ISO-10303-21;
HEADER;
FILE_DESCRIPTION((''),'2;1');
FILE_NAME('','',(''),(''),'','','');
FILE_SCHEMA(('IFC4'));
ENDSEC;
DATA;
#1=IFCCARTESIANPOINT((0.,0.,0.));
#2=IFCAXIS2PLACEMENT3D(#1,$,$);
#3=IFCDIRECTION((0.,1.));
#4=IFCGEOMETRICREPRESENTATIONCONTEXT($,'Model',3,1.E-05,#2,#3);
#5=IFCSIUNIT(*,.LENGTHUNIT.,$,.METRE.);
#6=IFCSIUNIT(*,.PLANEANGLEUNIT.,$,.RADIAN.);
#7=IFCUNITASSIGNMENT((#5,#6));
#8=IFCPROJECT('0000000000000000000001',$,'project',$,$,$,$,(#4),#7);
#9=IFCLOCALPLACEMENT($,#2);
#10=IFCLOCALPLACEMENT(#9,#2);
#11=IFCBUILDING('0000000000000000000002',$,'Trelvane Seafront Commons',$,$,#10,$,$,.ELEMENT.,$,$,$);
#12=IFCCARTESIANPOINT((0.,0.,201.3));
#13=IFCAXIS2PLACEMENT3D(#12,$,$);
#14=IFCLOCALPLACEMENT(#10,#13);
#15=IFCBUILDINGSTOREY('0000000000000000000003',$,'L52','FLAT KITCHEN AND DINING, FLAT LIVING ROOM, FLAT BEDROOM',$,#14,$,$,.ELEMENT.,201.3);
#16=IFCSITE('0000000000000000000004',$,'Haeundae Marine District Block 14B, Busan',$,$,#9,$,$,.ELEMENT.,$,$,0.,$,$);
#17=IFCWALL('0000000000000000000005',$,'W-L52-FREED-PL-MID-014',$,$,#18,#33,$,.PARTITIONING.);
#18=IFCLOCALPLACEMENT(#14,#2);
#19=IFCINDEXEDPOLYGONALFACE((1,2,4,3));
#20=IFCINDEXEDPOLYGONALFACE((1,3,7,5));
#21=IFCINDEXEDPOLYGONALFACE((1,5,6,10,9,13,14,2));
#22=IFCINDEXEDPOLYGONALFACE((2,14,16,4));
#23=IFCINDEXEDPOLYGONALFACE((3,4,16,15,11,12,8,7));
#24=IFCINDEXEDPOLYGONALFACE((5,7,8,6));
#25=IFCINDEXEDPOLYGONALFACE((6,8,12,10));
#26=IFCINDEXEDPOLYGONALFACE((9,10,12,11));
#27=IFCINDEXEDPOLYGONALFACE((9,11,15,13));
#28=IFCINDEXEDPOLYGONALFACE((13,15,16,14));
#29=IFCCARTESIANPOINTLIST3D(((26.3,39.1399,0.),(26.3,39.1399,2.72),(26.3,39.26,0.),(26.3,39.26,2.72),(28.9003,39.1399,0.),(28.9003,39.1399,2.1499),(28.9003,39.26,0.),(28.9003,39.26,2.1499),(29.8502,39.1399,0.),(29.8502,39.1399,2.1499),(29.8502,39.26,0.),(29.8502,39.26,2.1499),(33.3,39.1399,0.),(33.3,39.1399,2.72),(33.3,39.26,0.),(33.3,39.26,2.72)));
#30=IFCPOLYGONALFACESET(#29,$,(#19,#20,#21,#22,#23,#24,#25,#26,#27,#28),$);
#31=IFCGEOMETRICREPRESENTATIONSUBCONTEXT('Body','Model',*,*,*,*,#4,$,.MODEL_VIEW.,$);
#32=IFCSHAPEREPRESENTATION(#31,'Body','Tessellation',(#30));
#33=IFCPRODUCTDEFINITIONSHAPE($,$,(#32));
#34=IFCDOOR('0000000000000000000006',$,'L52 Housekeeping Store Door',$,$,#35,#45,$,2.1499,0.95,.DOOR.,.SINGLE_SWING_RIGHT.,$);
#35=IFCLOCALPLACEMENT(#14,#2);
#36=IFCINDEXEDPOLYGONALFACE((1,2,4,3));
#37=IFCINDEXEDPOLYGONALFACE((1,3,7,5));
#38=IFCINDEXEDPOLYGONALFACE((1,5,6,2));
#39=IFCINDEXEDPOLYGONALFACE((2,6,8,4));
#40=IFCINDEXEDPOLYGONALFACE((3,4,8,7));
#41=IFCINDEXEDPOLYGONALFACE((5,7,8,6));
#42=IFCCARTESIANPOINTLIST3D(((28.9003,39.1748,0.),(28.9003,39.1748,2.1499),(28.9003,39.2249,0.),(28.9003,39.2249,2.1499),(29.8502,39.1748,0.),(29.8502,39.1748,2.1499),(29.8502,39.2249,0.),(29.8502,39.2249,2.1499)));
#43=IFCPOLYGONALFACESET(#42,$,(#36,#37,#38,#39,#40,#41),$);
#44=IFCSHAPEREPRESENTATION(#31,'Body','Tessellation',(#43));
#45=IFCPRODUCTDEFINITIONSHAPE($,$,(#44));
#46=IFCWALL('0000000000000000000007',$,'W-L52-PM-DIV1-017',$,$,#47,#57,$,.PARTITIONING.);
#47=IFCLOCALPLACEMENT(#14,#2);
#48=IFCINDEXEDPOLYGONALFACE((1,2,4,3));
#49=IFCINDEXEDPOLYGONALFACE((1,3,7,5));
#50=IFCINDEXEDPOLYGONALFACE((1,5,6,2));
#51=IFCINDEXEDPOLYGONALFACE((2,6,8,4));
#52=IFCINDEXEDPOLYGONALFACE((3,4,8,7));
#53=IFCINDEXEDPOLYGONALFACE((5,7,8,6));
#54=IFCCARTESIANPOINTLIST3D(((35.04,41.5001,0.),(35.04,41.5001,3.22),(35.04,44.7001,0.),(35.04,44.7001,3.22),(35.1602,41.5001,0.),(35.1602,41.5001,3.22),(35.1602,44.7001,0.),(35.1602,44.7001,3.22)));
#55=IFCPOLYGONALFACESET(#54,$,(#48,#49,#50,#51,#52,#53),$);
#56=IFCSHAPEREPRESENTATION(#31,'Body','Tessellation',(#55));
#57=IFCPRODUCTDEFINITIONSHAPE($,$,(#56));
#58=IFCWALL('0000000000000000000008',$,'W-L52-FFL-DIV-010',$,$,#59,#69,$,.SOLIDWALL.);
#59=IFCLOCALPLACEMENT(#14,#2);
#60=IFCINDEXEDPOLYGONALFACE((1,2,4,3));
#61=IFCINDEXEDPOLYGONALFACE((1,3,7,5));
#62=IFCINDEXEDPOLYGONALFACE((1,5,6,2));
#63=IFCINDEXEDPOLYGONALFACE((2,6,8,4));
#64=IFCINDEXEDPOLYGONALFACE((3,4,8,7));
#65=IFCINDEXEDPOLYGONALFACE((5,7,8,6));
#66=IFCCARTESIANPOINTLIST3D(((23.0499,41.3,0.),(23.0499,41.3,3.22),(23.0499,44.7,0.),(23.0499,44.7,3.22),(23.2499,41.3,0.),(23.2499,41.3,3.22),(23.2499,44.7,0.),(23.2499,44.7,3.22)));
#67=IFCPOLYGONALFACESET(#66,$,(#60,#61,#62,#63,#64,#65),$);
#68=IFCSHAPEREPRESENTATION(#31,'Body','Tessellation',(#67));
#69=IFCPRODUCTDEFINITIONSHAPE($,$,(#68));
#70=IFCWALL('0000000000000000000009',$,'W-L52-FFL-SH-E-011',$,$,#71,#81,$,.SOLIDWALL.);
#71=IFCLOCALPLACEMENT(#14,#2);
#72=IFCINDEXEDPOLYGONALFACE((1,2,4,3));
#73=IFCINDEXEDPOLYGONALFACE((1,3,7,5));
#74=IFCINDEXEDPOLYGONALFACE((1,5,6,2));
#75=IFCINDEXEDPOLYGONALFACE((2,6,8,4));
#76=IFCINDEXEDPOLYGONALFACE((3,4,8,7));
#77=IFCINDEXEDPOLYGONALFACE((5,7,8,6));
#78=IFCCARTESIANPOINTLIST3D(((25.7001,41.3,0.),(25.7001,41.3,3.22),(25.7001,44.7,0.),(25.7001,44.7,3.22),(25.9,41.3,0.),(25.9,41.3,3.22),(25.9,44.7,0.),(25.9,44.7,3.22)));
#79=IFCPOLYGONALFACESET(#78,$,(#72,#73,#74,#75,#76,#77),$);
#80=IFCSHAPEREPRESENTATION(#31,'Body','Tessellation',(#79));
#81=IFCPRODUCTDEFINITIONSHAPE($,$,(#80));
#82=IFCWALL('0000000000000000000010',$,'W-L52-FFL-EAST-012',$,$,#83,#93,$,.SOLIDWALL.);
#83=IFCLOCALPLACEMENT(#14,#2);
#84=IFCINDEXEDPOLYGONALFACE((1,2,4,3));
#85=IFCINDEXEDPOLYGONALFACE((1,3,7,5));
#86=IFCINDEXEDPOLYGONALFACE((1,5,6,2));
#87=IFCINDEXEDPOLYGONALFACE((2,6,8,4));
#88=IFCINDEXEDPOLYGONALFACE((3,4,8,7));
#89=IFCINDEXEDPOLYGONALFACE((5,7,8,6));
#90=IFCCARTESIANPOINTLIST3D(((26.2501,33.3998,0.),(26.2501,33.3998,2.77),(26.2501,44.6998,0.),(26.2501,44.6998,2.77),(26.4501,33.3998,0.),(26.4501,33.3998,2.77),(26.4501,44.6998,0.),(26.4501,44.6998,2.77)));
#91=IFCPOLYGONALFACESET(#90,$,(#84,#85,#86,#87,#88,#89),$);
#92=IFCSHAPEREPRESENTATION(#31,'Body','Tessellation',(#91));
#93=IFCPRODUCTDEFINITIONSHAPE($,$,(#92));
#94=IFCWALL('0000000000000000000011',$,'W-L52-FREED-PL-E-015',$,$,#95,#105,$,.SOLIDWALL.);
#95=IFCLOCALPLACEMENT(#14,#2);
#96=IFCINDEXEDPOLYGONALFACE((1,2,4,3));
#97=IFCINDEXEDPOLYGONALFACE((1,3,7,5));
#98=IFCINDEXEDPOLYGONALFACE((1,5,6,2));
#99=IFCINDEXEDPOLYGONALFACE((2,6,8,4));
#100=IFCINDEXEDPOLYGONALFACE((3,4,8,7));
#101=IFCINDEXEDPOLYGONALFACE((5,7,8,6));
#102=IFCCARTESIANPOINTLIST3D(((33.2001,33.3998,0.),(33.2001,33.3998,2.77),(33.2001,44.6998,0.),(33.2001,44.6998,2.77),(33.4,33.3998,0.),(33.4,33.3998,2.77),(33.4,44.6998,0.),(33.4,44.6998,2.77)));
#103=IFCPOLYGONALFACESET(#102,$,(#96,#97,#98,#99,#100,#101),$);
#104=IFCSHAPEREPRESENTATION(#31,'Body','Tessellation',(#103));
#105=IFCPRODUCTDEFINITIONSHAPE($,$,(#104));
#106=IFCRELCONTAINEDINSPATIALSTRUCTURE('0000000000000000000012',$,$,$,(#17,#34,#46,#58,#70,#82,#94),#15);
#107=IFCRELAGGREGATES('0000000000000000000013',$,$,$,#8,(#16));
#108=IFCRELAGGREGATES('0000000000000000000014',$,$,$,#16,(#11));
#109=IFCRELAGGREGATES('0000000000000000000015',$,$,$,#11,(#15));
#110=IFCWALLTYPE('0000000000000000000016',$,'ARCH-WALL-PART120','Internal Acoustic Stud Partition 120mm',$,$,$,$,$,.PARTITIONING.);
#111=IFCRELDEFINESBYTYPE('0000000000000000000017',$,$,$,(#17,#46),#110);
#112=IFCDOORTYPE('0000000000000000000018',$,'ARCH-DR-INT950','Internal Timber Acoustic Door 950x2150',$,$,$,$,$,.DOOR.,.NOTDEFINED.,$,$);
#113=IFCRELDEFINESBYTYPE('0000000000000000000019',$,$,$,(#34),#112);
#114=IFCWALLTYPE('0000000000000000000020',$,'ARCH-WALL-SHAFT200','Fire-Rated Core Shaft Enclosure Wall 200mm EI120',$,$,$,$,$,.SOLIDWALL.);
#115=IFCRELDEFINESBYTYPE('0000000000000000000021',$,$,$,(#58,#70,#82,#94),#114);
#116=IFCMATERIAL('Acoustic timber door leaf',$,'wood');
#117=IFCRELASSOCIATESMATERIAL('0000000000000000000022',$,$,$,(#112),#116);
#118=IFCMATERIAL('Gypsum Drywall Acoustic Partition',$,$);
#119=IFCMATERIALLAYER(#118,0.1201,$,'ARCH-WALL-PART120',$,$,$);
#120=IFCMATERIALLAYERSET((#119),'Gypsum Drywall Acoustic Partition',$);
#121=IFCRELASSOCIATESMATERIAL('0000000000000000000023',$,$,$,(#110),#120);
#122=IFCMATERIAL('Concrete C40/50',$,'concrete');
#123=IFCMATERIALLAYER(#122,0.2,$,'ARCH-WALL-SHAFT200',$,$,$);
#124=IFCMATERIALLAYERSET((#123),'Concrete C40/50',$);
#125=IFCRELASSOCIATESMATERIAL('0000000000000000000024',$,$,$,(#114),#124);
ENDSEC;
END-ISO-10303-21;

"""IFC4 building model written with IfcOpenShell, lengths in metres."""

from ifc_helpers import new_model, si_unit, direction, frame, frame_2d, origin, place, context, subcontext, project, spatial, rectangle, extrude, source, transform, mapped, material, layer, layer_set, type_object, element, fill, save


model = new_model("IFC4")

# Units and contexts
model_context = context("Model", 3, precision=1e-05, world=origin(), true_north=direction((0.0, 1.0)))
body_context = subcontext(model_context, "Body", "Model", "MODEL_VIEW")
ifc_project = project(units=[si_unit("LENGTHUNIT", "METRE"), si_unit("PLANEANGLEUNIT", "RADIAN")], contexts=[model_context])

# Site, building, storey
site_placement = place(None, origin())
site = spatial("IfcSite", under=ifc_project, at=site_placement, Name="Haeundae Marine District Block 14B, Busan", CompositionType="ELEMENT", RefElevation=0.0)
building_placement = place(site_placement, origin())
building = spatial("IfcBuilding", under=site, at=building_placement, Name="Trelvane Seafront Commons", CompositionType="ELEMENT")
storey_placement = place(building_placement, frame((0.0, 0.0, 201.3)))
storey = spatial("IfcBuildingStorey", under=building, at=storey_placement, Name="L52", Description="FLAT KITCHEN AND DINING, FLAT LIVING ROOM, FLAT BEDROOM", CompositionType="ELEMENT", Elevation=201.3)

# Wall, opening, door
ifc_material_1 = material(Name="Concrete C40/50", Category="concrete")
ifc_material_2 = material(Name="Acoustic timber door leaf", Category="wood")
door_type_1 = type_object("IfcDoorType", Name="ARCH-DR-INT950", Description="Internal Timber Acoustic Door 950x2150", OperationType="NOTDEFINED", PredefinedType="DOOR", material=ifc_material_2)
shared_shape_1 = source(origin(), body_context, "Body", "SweptSolid", [
    extrude(rectangle(XDim=0.95, YDim=2.1499, at=frame_2d((0.4751, 1.075))), frame((0.0, 0.0249, 0.0), z_axis=(0.0, -1.0, 0.0), x_axis=(1.0, 0.0, 0.0)), (0.0, 0.0, 1.0), 0.05),
])
ifc_material_3 = material(Name="Gypsum Drywall Acoustic Partition")
ifc_layer_1 = layer(ifc_material_3, 0.1201, Name="ARCH-WALL-PART120")
ifc_layer_set_1 = layer_set([ifc_layer_1], Name="Gypsum Drywall Acoustic Partition")
wall_type_1 = type_object("IfcWallType", Name="ARCH-WALL-PART120", Description="Internal Acoustic Stud Partition 120mm", PredefinedType="PARTITIONING", material=ifc_layer_set_1)
wall_1_placement = place(storey_placement, frame((26.3, 39.2, 0.0), z_axis=(0.0, 0.0, 1.0), x_axis=(1.0, 0.0, 0.0)))
wall_1 = element("IfcWall", 1, at=wall_1_placement, inside=storey, type_object=wall_type_1, Name="W-L52-FREED-PL-MID-014", PredefinedType="PARTITIONING", context=body_context, shape_type="SweptSolid", body=[
    extrude(rectangle(XDim=7.0, YDim=0.1201, at=frame_2d((3.5, 0.0))), origin(), (0.0, 0.0, 1.0), 2.72),
])
opening_1_placement = place(wall_1_placement, frame((2.6001, 0.0, 0.0)))
opening_1 = element("IfcOpeningElement", 2, at=opening_1_placement, cuts=wall_1, PredefinedType="OPENING", context=body_context, shape_type="SweptSolid", body=[
    extrude(rectangle(XDim=0.95, YDim=2.1499, at=frame_2d((0.4751, 1.075))), frame((0.0, 0.0701, 0.0), z_axis=(0.0, -1.0, 0.0), x_axis=(1.0, 0.0, 0.0)), (0.0, 0.0, 1.0), 0.1401),
])
door_1_placement = place(opening_1_placement, origin())
door_1 = element("IfcDoor", 3, at=door_1_placement, inside=storey, type_object=door_type_1, Name="L52 Housekeeping Store Door", OperationType="SINGLE_SWING_RIGHT", OverallHeight=2.1499, OverallWidth=0.95, PredefinedType="DOOR", context=body_context, shape_type="MappedRepresentation", body=[
    mapped(shared_shape_1, transform((0.0, 0.0, 0.0), x_axis=(1.0, 0.0, 0.0), y_axis=(0.0, 1.0, 0.0), z_axis=(0.0, 0.0, 1.0), scale=1.0)),
])
fill(opening_1, door_1)

# Walls
wall_2_placement = place(storey_placement, frame((35.1001, 41.5, 0.0), z_axis=(0.0, 0.0, 1.0), x_axis=(0.0, 1.0, 0.0)))
element("IfcWall", 4, at=wall_2_placement, inside=storey, type_object=wall_type_1, Name="W-L52-PM-DIV1-017", PredefinedType="PARTITIONING", context=body_context, shape_type="SweptSolid", body=[
    extrude(rectangle(XDim=3.2, YDim=0.1201, at=frame_2d((1.6001, 0.0))), origin(), (0.0, 0.0, 1.0), 3.22),
])
ifc_layer_2 = layer(ifc_material_1, 0.2, Name="ARCH-WALL-SHAFT200")
ifc_layer_set_2 = layer_set([ifc_layer_2], Name="Concrete C40/50")
wall_type_2 = type_object("IfcWallType", Name="ARCH-WALL-SHAFT200", Description="Fire-Rated Core Shaft Enclosure Wall 200mm EI120", PredefinedType="SOLIDWALL", material=ifc_layer_set_2)
for number, where, z_axis, x_axis, name in (
    (5, (23.1499, 41.3, 0.0), (0.0, 0.0, 1.0), (0.0, 1.0, 0.0), "W-L52-FFL-DIV-010"),
    (6, (25.8, 41.3, 0.0), (0.0, 0.0, 1.0), (0.0, 1.0, 0.0), "W-L52-FFL-SH-E-011"),
):
    element("IfcWall", number, at=place(storey_placement, frame(where, z_axis=z_axis, x_axis=x_axis)), inside=storey, type_object=wall_type_2, Name=name, PredefinedType="SOLIDWALL", context=body_context, shape_type="SweptSolid", body=[
        extrude(rectangle(XDim=3.3999, YDim=0.2, at=frame_2d((1.7, 0.0))), origin(), (0.0, 0.0, 1.0), 3.22),
    ])
for number, where, z_axis, x_axis, name in (
    (7, (26.3501, 33.3999, 0.0), (0.0, 0.0, 1.0), (0.0, 1.0, 0.0), "W-L52-FFL-EAST-012"),
    (8, (33.3, 33.3999, 0.0), (0.0, 0.0, 1.0), (0.0, 1.0, 0.0), "W-L52-FREED-PL-E-015"),
):
    element("IfcWall", number, at=place(storey_placement, frame(where, z_axis=z_axis, x_axis=x_axis)), inside=storey, type_object=wall_type_2, Name=name, PredefinedType="SOLIDWALL", context=body_context, shape_type="SweptSolid", body=[
        extrude(rectangle(XDim=11.3, YDim=0.2, at=frame_2d((5.6499, 0.0))), origin(), (0.0, 0.0, 1.0), 2.77),
    ])

save(model, "model.ifc")
